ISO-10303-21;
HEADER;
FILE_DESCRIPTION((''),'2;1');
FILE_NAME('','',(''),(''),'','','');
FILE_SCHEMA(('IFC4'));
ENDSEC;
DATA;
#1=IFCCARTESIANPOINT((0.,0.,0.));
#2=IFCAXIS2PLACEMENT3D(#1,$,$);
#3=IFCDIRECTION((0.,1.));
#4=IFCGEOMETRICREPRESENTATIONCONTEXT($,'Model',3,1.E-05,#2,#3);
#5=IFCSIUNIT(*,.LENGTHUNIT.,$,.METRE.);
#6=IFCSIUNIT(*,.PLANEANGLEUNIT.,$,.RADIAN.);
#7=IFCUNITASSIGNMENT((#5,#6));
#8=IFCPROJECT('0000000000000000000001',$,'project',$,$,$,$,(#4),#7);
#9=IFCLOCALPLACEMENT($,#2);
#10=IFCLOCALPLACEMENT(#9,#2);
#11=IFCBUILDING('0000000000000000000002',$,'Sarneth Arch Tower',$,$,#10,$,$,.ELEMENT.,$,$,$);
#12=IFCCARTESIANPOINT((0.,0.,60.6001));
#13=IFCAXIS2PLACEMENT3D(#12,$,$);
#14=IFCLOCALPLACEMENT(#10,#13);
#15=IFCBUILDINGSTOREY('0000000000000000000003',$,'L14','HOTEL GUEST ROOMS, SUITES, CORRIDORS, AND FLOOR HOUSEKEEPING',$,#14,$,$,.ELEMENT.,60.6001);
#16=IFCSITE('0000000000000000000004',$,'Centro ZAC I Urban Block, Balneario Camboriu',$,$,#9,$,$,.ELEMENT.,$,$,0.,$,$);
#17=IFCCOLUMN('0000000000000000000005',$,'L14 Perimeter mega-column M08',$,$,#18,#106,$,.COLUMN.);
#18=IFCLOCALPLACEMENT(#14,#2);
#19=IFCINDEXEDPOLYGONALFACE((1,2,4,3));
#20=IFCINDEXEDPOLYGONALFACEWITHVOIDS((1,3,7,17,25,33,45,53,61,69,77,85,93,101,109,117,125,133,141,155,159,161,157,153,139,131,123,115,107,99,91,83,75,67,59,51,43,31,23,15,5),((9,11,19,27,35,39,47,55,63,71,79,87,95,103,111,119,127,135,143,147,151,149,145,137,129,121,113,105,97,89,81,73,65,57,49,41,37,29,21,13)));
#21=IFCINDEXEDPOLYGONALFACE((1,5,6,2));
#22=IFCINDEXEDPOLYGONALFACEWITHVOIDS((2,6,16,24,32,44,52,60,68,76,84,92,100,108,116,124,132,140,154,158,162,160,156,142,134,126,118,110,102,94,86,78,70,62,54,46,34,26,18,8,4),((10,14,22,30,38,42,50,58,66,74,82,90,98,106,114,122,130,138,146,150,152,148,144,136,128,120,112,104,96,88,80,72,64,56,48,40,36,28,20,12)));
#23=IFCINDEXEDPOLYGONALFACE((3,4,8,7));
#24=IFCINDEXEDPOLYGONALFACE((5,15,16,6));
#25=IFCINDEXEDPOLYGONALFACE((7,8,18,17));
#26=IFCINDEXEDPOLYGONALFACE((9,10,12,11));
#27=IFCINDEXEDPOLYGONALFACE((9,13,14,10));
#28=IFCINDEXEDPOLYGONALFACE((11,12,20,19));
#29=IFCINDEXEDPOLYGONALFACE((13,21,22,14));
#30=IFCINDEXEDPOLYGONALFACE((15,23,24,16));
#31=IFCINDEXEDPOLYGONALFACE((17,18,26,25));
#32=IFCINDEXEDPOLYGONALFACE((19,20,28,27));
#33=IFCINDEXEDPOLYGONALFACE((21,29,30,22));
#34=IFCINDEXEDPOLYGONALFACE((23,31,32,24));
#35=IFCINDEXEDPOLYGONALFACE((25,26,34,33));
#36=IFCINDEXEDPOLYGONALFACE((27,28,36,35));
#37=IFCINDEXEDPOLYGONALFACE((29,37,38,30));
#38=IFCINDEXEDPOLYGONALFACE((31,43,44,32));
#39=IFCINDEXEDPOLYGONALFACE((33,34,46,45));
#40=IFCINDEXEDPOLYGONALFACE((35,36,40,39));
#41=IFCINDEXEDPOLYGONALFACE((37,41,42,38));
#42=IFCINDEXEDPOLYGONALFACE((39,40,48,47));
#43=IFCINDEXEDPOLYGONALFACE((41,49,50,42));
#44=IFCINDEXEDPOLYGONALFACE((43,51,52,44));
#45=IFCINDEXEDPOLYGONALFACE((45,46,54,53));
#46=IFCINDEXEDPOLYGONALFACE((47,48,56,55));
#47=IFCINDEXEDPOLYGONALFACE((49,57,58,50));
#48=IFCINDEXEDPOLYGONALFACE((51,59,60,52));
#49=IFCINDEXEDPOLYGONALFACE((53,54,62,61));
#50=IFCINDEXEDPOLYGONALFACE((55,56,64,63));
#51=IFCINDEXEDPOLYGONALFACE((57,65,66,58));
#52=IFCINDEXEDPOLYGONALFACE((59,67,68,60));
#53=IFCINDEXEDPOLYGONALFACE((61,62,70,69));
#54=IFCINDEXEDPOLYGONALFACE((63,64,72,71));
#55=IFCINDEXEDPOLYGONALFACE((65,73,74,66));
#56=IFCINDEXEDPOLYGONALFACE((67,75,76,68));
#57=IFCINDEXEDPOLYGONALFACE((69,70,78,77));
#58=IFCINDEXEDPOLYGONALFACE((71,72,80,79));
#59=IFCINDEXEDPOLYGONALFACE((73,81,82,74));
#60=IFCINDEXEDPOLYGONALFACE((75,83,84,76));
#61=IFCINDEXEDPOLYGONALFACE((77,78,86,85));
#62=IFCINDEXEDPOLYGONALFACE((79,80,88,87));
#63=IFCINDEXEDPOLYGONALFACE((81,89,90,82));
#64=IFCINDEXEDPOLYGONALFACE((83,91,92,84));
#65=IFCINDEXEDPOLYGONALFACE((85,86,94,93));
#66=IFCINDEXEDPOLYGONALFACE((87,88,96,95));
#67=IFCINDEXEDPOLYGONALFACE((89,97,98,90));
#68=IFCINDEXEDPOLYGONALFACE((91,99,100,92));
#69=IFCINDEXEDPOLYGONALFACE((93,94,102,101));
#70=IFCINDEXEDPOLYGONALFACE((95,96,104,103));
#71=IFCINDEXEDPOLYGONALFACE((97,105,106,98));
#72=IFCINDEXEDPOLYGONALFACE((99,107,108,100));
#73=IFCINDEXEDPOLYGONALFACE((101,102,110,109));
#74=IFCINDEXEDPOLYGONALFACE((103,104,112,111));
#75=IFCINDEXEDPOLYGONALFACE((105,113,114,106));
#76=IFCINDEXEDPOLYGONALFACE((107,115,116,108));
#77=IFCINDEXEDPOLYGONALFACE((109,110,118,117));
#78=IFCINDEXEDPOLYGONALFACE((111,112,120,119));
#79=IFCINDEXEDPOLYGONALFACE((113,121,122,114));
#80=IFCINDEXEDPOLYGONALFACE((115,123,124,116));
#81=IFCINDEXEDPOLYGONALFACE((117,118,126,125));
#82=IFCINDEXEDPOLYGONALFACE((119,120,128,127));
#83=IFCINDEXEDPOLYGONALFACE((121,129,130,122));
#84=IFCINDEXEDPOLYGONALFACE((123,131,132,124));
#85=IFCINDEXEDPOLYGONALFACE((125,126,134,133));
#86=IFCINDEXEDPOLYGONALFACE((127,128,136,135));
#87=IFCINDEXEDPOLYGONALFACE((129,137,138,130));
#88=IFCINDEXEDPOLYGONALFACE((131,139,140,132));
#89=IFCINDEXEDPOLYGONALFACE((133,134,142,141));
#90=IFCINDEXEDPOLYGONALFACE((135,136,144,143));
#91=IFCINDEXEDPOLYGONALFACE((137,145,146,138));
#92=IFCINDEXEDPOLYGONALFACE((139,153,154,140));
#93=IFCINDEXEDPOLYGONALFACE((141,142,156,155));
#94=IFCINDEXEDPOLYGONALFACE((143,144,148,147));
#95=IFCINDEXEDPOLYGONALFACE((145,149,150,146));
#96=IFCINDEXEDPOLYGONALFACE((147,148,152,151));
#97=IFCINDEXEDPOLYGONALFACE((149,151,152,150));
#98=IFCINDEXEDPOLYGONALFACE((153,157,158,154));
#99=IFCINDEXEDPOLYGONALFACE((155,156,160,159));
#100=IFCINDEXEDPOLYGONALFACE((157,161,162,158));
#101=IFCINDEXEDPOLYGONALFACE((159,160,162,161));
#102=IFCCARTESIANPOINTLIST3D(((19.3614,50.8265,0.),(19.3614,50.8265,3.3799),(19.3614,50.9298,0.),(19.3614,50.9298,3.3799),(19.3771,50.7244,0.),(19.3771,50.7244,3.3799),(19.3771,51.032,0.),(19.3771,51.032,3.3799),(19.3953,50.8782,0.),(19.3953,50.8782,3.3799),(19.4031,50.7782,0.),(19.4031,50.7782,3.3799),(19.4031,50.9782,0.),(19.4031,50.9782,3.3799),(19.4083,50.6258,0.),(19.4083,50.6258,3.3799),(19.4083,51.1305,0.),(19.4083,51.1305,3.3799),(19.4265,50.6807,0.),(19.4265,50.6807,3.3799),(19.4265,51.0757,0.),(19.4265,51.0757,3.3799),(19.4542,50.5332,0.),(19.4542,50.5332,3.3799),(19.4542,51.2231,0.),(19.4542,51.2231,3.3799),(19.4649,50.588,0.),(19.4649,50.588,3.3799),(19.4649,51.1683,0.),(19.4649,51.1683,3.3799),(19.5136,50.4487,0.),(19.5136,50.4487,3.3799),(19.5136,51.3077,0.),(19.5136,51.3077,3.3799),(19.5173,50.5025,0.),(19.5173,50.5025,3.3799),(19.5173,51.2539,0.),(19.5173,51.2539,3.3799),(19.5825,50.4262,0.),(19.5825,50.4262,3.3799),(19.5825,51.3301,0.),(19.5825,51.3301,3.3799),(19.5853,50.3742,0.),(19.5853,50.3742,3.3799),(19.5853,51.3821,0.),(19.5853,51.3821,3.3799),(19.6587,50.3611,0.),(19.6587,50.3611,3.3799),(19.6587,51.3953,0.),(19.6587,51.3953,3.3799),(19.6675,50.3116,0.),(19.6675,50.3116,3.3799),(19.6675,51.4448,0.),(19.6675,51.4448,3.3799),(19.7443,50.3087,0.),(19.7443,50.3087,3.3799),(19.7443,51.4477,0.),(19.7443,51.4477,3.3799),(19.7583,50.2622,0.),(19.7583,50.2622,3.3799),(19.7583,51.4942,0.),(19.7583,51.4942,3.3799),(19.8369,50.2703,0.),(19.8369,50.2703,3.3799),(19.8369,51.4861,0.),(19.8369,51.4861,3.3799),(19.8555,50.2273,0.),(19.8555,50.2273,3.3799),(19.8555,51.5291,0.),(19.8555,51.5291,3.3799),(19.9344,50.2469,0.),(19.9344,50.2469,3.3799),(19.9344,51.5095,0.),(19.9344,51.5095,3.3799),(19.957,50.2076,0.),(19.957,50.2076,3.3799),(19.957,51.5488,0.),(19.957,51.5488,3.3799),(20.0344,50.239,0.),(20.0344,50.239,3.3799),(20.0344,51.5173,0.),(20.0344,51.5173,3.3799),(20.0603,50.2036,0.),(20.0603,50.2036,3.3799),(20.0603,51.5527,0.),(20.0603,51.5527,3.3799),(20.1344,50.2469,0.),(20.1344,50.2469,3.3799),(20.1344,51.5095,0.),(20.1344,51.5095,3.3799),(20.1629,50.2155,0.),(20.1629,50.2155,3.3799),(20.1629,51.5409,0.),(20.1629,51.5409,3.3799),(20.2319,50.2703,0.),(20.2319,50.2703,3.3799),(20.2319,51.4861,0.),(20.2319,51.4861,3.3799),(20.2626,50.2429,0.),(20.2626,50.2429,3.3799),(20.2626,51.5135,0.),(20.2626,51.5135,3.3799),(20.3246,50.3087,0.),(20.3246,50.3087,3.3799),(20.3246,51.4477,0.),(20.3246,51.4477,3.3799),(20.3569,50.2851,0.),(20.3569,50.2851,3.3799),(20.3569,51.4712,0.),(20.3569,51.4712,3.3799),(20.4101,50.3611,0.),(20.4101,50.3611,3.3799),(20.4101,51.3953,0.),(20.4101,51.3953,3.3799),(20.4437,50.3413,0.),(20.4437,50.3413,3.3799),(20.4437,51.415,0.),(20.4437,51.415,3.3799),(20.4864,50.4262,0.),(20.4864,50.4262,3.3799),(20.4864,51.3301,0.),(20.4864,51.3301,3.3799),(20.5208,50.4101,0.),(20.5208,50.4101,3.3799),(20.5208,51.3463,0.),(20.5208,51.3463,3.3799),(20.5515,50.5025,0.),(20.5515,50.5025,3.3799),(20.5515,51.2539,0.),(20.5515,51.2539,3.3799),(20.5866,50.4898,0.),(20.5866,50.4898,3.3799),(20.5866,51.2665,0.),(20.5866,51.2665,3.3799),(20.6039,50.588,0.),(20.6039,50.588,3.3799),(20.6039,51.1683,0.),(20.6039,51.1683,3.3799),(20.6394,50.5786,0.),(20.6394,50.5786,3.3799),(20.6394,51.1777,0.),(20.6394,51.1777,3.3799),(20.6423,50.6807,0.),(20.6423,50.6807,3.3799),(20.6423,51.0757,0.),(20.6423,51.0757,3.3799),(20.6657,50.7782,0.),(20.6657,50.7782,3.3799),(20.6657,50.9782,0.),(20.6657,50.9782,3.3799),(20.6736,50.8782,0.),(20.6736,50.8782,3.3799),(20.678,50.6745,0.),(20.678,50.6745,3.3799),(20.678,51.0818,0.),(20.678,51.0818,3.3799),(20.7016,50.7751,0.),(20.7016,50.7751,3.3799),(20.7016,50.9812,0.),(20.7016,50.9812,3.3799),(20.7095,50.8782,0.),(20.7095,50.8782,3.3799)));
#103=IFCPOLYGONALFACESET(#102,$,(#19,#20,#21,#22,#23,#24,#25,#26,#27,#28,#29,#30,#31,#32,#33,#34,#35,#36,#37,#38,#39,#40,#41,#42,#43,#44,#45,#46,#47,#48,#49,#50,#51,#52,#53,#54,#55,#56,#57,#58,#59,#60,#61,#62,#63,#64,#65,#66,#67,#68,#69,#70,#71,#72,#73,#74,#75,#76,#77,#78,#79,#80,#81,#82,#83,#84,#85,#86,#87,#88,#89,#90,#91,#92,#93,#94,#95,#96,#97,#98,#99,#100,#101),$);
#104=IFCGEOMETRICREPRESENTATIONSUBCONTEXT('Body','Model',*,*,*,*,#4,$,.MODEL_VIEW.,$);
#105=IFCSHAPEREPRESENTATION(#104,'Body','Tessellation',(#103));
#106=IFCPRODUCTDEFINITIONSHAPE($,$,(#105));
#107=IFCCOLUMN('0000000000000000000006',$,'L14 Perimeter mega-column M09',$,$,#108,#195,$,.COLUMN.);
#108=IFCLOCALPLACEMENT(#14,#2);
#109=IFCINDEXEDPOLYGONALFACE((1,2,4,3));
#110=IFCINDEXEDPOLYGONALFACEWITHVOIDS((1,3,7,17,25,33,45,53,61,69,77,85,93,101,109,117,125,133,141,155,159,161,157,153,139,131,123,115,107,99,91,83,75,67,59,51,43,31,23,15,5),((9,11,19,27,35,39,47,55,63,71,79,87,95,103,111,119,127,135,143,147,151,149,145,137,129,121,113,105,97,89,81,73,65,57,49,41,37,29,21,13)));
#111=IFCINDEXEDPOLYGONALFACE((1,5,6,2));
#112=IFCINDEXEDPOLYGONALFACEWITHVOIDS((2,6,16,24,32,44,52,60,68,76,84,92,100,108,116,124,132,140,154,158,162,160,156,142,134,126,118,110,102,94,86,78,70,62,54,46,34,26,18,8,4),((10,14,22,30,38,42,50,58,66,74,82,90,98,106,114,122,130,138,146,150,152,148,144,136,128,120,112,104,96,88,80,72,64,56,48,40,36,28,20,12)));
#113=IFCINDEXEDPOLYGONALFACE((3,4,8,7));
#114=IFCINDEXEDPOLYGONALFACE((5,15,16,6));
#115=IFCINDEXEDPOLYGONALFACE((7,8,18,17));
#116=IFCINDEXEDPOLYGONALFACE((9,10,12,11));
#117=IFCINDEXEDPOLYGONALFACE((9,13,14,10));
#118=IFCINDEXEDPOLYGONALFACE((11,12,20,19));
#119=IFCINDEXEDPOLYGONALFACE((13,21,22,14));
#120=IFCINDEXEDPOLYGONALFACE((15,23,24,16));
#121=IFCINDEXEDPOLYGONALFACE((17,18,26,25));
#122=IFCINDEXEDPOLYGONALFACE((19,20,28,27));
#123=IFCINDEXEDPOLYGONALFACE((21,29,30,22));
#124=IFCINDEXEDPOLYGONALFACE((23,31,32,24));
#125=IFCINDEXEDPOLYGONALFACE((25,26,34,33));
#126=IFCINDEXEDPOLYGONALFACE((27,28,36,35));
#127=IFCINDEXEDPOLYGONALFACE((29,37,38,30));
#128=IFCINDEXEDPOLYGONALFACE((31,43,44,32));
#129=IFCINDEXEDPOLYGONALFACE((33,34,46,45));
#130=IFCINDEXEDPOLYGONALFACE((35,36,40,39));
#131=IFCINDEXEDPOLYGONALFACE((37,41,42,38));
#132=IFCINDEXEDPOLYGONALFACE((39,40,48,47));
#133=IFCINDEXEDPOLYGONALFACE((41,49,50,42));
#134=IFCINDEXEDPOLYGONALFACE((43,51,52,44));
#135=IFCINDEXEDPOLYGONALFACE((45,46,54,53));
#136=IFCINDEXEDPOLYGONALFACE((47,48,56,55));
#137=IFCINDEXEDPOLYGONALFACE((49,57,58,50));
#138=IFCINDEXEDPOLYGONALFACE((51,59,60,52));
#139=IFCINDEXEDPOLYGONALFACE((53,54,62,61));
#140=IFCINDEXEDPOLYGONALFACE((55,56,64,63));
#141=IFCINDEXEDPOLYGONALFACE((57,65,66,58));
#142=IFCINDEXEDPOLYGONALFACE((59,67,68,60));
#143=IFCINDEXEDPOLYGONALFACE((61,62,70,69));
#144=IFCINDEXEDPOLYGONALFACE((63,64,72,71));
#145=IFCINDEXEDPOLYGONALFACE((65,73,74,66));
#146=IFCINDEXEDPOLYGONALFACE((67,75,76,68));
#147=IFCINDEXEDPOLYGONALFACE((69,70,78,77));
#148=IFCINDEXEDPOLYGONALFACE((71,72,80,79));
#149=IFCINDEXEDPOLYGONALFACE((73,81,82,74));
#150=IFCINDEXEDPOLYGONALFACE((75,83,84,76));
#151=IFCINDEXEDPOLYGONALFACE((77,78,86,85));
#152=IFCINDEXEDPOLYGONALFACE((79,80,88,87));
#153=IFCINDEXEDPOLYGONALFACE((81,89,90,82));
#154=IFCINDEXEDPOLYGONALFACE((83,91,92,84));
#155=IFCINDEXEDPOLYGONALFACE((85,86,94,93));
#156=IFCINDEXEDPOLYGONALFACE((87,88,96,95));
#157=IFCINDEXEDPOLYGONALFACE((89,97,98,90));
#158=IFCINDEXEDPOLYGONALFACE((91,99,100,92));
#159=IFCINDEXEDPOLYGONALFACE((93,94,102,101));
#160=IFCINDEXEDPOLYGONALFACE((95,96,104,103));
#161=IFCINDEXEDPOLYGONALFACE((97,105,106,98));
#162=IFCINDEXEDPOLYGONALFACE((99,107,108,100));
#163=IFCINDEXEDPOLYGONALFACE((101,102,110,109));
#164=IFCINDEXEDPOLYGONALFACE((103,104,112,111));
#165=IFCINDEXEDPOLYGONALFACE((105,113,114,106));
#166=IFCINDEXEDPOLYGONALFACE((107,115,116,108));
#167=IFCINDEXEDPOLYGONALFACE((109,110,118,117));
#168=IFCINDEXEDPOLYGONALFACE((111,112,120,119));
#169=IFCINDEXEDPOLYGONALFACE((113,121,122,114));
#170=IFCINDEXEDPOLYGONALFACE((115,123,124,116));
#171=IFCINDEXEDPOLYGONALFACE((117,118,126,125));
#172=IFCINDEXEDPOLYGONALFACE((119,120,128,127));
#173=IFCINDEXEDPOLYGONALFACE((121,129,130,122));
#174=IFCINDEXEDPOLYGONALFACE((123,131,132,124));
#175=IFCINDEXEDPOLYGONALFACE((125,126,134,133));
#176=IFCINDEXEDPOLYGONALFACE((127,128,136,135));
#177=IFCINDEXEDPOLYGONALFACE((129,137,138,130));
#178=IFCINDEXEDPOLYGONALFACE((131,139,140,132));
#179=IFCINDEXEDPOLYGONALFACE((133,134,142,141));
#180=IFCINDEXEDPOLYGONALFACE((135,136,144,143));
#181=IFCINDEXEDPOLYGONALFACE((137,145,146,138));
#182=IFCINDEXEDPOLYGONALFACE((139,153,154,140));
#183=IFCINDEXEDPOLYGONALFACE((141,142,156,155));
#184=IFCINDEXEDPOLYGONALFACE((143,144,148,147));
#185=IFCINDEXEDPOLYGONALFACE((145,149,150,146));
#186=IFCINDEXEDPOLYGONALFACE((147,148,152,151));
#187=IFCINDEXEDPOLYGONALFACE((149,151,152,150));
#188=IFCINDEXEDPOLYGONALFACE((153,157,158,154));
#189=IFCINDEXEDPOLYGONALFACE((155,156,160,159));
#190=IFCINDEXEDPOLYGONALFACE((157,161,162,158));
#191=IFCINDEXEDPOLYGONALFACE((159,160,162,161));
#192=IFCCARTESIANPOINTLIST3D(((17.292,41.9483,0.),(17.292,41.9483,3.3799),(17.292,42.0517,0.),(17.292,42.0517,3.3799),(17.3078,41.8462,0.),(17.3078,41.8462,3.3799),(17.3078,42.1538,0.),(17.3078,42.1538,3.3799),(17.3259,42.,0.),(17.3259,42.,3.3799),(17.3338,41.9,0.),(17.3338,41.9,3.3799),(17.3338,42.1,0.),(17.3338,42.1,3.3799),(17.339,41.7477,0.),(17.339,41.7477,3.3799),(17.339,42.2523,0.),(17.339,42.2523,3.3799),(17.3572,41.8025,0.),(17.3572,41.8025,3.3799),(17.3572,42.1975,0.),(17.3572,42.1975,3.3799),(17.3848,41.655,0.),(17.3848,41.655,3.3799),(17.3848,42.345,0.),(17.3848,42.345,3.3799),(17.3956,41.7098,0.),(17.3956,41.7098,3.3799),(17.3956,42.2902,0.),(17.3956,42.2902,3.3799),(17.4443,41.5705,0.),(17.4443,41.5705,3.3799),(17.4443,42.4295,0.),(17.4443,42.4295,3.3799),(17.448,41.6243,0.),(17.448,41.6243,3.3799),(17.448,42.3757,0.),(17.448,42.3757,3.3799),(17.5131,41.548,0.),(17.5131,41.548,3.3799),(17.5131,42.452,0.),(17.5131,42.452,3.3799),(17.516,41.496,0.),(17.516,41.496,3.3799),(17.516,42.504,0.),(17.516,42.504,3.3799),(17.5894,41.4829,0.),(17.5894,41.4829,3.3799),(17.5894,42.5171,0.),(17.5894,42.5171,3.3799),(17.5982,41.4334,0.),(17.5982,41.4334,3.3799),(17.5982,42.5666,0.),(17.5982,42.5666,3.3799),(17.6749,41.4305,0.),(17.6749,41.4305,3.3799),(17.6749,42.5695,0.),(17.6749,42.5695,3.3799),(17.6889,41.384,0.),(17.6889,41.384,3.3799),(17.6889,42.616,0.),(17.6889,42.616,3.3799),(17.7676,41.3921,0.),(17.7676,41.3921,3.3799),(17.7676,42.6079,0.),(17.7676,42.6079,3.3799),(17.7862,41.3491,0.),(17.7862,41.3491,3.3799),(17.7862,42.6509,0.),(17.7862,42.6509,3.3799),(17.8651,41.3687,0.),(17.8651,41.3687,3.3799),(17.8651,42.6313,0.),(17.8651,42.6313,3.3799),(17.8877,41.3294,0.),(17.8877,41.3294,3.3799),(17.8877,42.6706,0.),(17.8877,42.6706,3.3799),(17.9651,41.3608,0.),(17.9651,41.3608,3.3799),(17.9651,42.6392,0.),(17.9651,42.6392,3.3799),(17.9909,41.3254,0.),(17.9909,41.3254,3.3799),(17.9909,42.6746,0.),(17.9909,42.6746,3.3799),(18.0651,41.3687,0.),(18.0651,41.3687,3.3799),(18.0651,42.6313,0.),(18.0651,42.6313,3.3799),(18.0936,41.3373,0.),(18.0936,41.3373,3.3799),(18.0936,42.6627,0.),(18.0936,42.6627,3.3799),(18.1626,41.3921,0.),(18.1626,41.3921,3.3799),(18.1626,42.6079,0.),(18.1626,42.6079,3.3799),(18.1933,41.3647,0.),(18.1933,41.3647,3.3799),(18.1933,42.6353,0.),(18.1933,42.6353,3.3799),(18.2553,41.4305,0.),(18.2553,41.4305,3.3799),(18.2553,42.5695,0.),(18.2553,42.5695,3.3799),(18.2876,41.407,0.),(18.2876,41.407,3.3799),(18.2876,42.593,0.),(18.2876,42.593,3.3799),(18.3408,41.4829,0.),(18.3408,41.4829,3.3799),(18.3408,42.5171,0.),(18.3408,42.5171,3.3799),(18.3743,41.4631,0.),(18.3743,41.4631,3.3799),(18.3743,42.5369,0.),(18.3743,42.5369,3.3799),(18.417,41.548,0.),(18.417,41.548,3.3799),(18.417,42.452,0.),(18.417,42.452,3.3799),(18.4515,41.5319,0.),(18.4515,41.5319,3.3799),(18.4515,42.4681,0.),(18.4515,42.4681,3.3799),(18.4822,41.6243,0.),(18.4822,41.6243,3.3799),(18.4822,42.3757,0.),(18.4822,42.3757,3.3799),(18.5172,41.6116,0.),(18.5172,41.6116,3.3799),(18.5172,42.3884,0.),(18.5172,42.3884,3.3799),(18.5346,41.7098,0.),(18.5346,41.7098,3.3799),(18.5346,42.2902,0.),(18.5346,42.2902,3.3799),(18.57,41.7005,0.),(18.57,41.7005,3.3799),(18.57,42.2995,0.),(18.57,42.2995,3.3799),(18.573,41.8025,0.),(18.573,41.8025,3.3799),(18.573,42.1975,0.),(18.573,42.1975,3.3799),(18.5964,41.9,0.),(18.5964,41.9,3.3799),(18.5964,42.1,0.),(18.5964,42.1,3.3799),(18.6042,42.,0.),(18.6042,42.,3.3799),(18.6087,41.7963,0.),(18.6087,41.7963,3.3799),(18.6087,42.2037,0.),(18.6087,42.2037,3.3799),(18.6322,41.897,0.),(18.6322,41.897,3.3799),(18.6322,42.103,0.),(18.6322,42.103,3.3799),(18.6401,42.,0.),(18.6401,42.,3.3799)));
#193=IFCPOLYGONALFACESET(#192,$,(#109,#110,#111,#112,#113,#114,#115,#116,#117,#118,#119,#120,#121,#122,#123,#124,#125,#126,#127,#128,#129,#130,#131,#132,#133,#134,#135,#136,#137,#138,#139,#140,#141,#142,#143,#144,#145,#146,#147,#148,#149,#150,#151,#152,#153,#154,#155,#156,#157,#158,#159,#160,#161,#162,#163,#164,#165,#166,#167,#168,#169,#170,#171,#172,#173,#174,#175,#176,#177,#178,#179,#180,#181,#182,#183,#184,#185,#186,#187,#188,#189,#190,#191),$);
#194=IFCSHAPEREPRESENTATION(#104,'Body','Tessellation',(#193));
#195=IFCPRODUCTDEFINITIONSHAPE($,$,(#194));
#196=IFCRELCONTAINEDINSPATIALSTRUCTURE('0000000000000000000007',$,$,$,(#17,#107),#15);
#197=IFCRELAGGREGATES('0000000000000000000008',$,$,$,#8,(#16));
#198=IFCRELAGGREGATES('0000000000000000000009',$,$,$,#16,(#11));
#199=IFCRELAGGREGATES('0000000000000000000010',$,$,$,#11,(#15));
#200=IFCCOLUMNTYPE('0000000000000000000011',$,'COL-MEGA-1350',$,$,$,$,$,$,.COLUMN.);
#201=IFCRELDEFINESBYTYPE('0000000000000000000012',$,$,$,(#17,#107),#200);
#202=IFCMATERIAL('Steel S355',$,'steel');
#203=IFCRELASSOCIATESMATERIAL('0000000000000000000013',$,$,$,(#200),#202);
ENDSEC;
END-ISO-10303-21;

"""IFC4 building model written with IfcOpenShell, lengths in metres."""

from ifc_helpers import new_model, si_unit, direction, frame, origin, origin_2d, place, context, subcontext, project, spatial, hollow_circle, extrude, material, material_profile, profile_set, type_object, element, save


model = new_model("IFC4")

# Units and contexts
model_context = context("Model", 3, precision=1e-05, world=origin(), true_north=direction((0.0, 1.0)))
body_context = subcontext(model_context, "Body", "Model", "MODEL_VIEW")
ifc_project = project(units=[si_unit("LENGTHUNIT", "METRE"), si_unit("PLANEANGLEUNIT", "RADIAN")], contexts=[model_context])

# Site, building, storey
site_placement = place(None, origin())
site = spatial("IfcSite", under=ifc_project, at=site_placement, Name="Centro ZAC I Urban Block, Balneario Camboriu", CompositionType="ELEMENT", RefElevation=0.0)
building_placement = place(site_placement, origin())
building = spatial("IfcBuilding", under=site, at=building_placement, Name="Sarneth Arch Tower", CompositionType="ELEMENT")
storey_placement = place(building_placement, frame((0.0, 0.0, 60.6001)))
storey = spatial("IfcBuildingStorey", under=building, at=storey_placement, Name="L14", Description="HOTEL GUEST ROOMS, SUITES, CORRIDORS, AND FLOOR HOUSEKEEPING", CompositionType="ELEMENT", Elevation=60.6001)

# Columns
ifc_material_1 = material(Name="Steel S355", Category="steel")
ifc_material_profile_1 = material_profile(ifc_material_1, hollow_circle(Radius=0.675, WallThickness=0.0359, at=origin_2d()), Name="CHS1350x36")
ifc_profile_set_1 = profile_set([ifc_material_profile_1], Name="Steel S355")
column_type = type_object("IfcColumnType", Name="COL-MEGA-1350", PredefinedType="COLUMN", material=ifc_profile_set_1)
for number, where, z_axis, x_axis, name in (
    (1, (20.0344, 50.8782, 0.0), (0.0, 0.0, 1.0), (1.0, 0.0, 0.0), "L14 Perimeter mega-column M08"),
    (2, (17.9651, 42.0, 0.0), (0.0, 0.0, 1.0), (1.0, 0.0, 0.0), "L14 Perimeter mega-column M09"),
):
    element("IfcColumn", number, at=place(storey_placement, frame(where, z_axis=z_axis, x_axis=x_axis)), inside=storey, type_object=column_type, Name=name, PredefinedType="COLUMN", context=body_context, shape_type="SweptSolid", body=[
        extrude(hollow_circle(Radius=0.675, WallThickness=0.0359, at=origin_2d()), origin(), (0.0, 0.0, 1.0), 3.3799),
    ])

save(model, "model.ifc")
